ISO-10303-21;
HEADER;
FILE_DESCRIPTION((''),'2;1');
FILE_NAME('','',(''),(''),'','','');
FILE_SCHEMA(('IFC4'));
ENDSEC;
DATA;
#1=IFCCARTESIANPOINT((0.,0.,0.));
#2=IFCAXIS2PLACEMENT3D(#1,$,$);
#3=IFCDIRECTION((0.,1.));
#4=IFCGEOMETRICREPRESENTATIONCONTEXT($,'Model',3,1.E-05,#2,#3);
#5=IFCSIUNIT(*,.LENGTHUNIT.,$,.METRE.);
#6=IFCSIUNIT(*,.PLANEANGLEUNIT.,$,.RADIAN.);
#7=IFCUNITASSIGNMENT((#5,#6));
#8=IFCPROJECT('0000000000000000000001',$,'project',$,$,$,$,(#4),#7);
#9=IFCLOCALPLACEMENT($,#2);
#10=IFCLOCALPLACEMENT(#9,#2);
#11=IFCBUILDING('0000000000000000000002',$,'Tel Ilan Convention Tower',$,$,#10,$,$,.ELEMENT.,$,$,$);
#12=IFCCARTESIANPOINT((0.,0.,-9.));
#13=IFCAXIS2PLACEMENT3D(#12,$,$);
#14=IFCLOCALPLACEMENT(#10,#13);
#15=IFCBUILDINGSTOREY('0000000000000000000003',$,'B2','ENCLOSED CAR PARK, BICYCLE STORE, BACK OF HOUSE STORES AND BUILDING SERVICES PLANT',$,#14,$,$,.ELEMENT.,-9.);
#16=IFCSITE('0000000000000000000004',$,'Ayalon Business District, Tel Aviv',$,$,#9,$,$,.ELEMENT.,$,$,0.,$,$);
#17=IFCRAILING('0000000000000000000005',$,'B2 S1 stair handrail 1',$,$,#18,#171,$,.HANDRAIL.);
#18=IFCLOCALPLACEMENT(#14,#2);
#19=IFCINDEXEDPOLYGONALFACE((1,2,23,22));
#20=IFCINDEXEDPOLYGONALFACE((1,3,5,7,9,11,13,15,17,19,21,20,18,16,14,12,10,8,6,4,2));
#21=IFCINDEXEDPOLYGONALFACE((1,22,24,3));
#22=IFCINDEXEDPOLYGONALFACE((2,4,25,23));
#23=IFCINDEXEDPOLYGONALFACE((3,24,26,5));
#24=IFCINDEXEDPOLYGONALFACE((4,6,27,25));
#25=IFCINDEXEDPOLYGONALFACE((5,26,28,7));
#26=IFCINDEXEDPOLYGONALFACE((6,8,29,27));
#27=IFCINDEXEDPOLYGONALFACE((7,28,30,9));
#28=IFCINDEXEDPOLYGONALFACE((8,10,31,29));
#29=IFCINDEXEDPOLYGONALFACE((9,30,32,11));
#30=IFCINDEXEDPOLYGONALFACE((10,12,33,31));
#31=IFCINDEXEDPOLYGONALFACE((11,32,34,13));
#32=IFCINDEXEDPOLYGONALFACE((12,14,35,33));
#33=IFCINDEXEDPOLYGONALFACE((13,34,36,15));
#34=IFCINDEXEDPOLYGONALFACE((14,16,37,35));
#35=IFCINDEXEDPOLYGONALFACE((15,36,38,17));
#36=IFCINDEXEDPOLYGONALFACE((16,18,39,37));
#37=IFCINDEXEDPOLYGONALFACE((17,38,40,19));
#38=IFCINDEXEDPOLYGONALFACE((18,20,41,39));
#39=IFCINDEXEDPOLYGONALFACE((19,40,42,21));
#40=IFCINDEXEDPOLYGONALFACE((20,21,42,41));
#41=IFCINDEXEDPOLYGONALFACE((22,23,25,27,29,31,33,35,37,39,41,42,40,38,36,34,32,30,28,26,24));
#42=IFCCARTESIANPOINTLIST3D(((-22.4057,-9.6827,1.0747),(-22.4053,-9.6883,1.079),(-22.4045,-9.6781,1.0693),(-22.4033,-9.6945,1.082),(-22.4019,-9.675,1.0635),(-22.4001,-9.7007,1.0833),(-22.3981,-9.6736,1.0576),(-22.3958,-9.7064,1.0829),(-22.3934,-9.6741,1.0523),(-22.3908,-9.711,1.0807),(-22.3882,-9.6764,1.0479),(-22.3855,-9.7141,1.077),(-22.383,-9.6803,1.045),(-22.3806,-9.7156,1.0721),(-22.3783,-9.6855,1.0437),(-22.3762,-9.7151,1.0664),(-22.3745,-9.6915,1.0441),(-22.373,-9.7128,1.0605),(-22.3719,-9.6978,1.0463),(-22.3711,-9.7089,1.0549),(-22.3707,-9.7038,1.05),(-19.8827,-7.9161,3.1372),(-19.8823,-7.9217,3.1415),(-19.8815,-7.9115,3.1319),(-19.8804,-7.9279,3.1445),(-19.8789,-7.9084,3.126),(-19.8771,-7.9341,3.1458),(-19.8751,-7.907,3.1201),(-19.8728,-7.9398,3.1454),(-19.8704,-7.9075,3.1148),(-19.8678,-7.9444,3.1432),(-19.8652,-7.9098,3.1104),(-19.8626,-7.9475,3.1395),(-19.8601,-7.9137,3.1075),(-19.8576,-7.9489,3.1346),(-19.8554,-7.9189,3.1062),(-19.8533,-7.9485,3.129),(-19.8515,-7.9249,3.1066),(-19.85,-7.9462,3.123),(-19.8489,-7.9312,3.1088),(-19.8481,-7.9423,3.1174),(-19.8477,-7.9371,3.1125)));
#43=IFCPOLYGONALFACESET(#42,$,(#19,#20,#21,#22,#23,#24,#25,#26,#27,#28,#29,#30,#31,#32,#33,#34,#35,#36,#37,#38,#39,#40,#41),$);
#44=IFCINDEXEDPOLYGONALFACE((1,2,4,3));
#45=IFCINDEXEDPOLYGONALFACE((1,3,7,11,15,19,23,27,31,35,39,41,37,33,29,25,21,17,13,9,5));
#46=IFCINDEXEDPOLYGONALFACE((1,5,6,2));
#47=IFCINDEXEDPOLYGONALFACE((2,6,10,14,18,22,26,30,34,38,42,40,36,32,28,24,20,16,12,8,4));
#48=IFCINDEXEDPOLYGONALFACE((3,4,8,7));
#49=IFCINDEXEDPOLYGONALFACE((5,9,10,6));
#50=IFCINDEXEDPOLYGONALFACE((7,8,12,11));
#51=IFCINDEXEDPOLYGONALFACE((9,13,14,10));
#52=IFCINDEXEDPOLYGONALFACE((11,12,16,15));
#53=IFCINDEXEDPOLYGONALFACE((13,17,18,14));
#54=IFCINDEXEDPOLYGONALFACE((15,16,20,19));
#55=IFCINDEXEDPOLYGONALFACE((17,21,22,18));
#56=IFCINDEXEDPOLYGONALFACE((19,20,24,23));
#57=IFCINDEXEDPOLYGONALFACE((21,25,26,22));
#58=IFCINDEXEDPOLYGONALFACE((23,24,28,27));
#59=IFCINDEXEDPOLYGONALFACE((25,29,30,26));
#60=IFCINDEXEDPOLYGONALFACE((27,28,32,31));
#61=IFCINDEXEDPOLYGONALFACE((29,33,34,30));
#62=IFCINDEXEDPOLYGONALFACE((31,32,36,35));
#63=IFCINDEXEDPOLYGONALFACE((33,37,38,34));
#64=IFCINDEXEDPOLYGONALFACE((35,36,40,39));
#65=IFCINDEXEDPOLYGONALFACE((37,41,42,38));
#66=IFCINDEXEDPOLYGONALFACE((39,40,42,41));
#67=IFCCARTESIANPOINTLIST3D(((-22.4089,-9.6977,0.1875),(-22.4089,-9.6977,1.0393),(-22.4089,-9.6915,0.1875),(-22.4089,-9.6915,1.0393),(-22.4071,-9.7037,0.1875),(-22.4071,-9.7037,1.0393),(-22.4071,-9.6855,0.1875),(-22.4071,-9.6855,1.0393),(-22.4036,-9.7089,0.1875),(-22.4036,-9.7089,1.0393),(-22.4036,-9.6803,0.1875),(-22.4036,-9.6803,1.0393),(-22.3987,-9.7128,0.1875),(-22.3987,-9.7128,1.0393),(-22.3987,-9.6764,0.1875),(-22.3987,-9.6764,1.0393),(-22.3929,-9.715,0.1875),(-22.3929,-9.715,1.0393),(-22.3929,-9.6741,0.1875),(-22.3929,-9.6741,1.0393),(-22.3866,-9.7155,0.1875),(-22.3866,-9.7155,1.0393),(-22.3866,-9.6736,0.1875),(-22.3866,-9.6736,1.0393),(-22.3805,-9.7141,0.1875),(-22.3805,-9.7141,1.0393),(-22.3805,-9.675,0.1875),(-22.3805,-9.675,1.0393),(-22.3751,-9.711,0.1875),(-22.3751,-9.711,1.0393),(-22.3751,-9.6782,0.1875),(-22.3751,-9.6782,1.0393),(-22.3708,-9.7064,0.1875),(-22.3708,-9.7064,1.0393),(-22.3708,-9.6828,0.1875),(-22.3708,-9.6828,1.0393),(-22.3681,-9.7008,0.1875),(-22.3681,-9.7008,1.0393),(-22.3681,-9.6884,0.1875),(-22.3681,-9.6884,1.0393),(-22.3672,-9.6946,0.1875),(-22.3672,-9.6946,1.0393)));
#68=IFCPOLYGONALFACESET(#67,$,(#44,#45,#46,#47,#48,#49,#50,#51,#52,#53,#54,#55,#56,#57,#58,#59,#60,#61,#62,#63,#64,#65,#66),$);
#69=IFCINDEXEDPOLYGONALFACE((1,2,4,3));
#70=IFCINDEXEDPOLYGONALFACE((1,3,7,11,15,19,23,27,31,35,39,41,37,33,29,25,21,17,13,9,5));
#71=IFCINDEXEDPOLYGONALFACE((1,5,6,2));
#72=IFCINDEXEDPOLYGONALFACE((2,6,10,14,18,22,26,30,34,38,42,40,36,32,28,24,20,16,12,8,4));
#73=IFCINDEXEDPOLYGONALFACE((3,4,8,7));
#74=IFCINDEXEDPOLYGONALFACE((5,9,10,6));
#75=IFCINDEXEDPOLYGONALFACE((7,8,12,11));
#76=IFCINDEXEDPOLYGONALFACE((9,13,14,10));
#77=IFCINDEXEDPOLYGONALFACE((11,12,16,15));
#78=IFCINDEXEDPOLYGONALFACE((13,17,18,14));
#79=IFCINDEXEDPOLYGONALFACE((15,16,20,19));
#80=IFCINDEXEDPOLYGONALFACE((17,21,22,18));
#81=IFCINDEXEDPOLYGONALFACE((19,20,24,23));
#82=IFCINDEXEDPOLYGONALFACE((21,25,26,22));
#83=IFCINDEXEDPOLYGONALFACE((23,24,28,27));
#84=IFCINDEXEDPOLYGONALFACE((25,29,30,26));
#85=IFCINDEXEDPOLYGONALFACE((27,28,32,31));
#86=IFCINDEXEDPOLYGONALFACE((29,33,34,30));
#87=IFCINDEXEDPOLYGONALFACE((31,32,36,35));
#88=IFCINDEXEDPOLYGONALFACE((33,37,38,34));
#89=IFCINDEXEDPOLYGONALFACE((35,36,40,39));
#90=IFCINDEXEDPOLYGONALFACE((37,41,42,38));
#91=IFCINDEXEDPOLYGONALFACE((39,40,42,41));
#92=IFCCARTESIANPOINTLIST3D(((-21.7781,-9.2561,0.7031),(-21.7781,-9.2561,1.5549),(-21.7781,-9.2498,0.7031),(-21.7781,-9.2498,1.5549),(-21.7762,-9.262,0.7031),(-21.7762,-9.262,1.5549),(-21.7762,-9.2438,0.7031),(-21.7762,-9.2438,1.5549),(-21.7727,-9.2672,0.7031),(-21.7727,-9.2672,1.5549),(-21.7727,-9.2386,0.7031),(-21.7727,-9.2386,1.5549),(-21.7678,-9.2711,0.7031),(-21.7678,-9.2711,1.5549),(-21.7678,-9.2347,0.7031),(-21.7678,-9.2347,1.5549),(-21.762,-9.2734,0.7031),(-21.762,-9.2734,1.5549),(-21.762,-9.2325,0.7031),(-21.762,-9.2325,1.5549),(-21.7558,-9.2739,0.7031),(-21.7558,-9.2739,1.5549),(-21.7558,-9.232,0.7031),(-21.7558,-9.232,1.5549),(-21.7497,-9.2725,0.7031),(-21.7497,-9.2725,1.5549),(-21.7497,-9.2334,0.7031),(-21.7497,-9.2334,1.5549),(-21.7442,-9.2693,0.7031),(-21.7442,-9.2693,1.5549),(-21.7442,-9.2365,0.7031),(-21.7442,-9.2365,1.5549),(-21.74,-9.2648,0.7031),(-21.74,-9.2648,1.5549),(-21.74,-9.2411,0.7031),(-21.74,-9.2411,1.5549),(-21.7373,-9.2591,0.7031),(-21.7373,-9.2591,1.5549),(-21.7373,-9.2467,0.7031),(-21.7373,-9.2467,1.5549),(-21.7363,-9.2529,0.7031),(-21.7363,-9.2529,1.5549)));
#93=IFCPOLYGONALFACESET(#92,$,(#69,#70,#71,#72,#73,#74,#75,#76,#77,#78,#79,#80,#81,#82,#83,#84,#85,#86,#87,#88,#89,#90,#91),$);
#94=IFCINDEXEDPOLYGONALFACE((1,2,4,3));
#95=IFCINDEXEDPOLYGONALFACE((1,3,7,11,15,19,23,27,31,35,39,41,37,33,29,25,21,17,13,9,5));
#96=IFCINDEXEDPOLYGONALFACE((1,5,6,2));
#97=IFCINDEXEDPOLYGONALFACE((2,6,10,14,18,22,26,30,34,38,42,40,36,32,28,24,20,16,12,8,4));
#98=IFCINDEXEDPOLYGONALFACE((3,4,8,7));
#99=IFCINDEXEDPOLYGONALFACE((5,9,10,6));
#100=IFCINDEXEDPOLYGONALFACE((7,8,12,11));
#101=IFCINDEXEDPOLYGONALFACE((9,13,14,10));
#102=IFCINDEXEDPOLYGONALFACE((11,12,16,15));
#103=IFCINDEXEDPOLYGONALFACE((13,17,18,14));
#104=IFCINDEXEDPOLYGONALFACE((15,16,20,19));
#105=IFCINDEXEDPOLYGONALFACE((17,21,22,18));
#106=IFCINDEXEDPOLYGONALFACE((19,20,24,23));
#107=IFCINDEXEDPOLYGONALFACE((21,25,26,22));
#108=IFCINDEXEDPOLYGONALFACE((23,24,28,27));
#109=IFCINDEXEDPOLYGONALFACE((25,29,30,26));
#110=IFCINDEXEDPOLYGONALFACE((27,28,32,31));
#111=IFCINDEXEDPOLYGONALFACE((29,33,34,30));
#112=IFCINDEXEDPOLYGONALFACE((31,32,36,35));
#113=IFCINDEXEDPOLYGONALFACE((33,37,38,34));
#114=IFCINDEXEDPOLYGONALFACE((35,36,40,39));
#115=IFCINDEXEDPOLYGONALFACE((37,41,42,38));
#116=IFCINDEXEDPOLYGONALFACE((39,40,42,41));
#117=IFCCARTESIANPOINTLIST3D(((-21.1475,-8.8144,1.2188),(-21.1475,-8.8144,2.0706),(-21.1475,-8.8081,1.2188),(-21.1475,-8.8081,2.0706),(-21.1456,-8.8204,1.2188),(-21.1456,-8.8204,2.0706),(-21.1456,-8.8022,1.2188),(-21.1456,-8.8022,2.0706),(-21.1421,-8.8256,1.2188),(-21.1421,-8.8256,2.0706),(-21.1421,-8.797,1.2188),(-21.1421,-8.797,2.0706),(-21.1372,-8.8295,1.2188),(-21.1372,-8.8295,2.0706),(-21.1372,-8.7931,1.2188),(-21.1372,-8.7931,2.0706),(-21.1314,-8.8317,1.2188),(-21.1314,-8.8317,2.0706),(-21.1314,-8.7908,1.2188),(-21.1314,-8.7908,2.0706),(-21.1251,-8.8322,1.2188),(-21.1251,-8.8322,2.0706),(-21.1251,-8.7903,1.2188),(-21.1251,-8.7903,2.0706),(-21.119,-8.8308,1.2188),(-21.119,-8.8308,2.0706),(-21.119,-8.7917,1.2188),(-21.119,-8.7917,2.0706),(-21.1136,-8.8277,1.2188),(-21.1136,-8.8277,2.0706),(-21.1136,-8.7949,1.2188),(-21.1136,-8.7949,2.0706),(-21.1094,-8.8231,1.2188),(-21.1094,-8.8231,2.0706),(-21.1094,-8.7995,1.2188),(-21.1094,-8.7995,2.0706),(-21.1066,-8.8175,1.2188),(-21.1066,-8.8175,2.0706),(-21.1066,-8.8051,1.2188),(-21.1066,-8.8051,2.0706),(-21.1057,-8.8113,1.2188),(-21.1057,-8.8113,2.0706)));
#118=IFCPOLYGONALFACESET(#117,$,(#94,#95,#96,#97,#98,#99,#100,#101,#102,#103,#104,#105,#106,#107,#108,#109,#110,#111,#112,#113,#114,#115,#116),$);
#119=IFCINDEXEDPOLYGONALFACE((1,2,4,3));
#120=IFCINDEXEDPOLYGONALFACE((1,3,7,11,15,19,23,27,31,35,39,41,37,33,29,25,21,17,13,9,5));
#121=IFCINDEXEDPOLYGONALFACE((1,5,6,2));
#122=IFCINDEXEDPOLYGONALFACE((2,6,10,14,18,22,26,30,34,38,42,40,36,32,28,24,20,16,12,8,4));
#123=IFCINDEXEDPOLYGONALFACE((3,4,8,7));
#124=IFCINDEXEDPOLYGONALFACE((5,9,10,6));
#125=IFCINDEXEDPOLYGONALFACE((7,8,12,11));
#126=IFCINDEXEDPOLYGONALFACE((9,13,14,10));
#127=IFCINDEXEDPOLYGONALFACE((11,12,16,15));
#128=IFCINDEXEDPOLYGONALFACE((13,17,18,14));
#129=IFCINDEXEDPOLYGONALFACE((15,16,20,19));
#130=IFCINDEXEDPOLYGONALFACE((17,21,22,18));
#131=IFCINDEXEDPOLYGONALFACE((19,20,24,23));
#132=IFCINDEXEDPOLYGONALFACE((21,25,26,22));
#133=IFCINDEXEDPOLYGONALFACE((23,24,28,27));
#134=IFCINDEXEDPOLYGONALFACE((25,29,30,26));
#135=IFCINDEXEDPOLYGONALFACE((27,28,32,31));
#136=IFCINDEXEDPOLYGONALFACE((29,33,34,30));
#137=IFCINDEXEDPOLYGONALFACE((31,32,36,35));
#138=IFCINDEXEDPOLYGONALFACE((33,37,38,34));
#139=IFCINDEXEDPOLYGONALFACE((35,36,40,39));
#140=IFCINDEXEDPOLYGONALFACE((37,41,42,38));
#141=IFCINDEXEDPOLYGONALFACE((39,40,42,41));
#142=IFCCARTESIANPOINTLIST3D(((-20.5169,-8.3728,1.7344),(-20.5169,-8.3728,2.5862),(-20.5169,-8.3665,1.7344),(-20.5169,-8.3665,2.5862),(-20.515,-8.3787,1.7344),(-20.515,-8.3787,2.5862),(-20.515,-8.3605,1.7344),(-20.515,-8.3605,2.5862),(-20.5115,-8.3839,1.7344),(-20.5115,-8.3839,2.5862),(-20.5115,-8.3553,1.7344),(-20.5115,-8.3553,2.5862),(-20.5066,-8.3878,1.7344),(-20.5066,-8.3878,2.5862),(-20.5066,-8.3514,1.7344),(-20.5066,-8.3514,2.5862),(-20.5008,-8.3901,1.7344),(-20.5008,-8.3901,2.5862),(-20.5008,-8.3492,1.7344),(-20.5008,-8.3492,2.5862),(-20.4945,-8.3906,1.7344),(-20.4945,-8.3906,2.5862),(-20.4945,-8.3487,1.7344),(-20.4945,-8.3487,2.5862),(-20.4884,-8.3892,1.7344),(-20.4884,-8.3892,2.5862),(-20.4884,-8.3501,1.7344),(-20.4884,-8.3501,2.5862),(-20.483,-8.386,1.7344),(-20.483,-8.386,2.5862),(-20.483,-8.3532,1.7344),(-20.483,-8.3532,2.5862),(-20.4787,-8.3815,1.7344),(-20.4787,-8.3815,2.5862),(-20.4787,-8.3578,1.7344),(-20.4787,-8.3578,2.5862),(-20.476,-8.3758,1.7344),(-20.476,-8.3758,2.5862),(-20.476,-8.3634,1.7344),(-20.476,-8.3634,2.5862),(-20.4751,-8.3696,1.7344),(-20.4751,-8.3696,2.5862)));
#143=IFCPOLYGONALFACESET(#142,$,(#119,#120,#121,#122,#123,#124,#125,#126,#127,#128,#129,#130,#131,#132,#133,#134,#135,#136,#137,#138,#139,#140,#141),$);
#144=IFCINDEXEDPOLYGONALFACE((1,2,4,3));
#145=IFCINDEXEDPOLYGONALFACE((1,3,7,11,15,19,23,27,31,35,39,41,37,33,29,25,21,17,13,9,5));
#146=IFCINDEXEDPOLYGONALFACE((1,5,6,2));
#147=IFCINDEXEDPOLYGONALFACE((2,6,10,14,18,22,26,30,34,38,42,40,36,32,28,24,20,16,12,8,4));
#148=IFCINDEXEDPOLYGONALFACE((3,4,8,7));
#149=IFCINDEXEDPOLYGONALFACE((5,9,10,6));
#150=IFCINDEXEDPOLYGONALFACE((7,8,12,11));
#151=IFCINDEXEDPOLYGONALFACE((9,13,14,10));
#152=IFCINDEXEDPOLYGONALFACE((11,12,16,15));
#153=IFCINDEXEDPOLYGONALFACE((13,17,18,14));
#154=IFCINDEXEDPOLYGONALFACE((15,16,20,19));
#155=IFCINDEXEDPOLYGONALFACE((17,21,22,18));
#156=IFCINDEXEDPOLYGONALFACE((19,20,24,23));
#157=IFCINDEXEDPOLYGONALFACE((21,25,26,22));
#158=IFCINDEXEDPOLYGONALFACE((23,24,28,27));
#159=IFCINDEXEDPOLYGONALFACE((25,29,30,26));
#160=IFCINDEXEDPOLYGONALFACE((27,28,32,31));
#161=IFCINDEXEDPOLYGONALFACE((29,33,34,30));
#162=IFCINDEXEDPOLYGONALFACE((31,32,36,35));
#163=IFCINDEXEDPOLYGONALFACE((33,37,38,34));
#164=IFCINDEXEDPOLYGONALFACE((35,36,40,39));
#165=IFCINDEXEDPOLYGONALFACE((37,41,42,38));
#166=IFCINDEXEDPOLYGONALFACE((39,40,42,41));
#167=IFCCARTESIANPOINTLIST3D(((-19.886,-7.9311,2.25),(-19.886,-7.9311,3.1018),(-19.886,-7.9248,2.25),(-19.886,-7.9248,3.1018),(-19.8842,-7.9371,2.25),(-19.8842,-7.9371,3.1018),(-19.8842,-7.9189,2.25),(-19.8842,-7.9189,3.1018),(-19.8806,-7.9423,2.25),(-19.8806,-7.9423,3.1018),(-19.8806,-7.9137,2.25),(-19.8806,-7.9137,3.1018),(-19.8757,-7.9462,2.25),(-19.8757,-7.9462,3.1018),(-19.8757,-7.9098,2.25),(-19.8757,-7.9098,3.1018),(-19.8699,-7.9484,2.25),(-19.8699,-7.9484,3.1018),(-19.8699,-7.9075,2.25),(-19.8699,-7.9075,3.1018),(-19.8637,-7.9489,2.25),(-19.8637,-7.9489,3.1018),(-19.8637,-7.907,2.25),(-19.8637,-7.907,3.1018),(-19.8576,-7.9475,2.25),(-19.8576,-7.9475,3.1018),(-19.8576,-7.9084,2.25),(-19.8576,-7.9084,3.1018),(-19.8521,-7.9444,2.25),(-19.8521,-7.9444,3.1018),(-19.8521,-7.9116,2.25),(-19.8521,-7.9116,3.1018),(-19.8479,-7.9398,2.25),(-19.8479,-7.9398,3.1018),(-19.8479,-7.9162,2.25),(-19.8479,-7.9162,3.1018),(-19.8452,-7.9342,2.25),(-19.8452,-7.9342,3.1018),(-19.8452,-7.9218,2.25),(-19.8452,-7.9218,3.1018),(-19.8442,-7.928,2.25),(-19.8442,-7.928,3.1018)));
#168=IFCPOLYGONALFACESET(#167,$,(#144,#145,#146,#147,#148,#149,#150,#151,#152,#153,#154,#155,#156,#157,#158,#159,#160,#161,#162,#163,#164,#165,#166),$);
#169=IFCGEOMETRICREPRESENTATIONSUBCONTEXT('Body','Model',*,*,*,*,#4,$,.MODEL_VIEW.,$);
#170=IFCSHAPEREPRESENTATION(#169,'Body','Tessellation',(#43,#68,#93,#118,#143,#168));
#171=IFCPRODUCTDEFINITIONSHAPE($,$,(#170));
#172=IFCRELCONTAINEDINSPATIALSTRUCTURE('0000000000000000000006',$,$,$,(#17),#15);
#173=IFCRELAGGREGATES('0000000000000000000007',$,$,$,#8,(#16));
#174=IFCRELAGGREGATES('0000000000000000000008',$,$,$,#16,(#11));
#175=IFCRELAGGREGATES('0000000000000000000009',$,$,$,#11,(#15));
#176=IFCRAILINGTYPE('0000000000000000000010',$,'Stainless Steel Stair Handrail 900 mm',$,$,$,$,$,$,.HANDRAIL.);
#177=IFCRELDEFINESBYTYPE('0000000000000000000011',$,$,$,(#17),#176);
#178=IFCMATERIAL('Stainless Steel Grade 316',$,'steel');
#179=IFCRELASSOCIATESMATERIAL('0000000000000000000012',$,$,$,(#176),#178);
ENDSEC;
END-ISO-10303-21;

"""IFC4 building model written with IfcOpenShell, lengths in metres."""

from ifc_helpers import new_model, si_unit, direction, frame, origin, origin_2d, place, context, subcontext, project, spatial, circle, extrude, material, type_object, element, save


model = new_model("IFC4")

# Units and contexts
model_context = context("Model", 3, precision=1e-05, world=origin(), true_north=direction((0.0, 1.0)))
body_context = subcontext(model_context, "Body", "Model", "MODEL_VIEW")
ifc_project = project(units=[si_unit("LENGTHUNIT", "METRE"), si_unit("PLANEANGLEUNIT", "RADIAN")], contexts=[model_context])

# Site, building, storey
site_placement = place(None, origin())
site = spatial("IfcSite", under=ifc_project, at=site_placement, Name="Ayalon Business District, Tel Aviv", CompositionType="ELEMENT", RefElevation=0.0)
building_placement = place(site_placement, origin())
building = spatial("IfcBuilding", under=site, at=building_placement, Name="Tel Ilan Convention Tower", CompositionType="ELEMENT")
storey_placement = place(building_placement, frame((0.0, 0.0, -9.0)))
storey = spatial("IfcBuildingStorey", under=building, at=storey_placement, Name="B2", Description="ENCLOSED CAR PARK, BICYCLE STORE, BACK OF HOUSE STORES AND BUILDING SERVICES PLANT", CompositionType="ELEMENT", Elevation=-9.0)

# Railing
ifc_material_1 = material(Name="Stainless Steel Grade 316", Category="steel")
railing_type_1 = type_object("IfcRailingType", Name="Stainless Steel Stair Handrail 900 mm", PredefinedType="HANDRAIL", material=ifc_material_1)
railing_1_placement = place(storey_placement, frame((-22.3882, -9.6946, 0.1875)))
element("IfcRailing", 1, at=railing_1_placement, inside=storey, type_object=railing_type_1, Name="B2 S1 stair handrail 1", PredefinedType="HANDRAIL", context=body_context, shape_type="SweptSolid", body=[
    extrude(circle(Radius=0.0239, at=origin_2d()), frame((0.0, 0.0, 0.876), z_axis=(0.680635, 0.476589, 0.556416), x_axis=(-0.573579, 0.81915, 0.0)), (0.0, 0.0, 1.0), 3.7068),
    extrude(circle(Radius=0.021, at=origin_2d()), origin(), (0.0, 0.0, 1.0), 0.8518),
    extrude(circle(Radius=0.021, at=origin_2d()), frame((0.6309, 0.4417, 0.5156)), (0.0, 0.0, 1.0), 0.8518),
    extrude(circle(Radius=0.021, at=origin_2d()), frame((1.2615, 0.8833, 1.0312)), (0.0, 0.0, 1.0), 0.8518),
    extrude(circle(Radius=0.021, at=origin_2d()), frame((1.8921, 1.325, 1.5469)), (0.0, 0.0, 1.0), 0.8518),
    extrude(circle(Radius=0.021, at=origin_2d()), frame((2.5229, 1.7666, 2.0625)), (0.0, 0.0, 1.0), 0.8518),
])

save(model, "model.ifc")
